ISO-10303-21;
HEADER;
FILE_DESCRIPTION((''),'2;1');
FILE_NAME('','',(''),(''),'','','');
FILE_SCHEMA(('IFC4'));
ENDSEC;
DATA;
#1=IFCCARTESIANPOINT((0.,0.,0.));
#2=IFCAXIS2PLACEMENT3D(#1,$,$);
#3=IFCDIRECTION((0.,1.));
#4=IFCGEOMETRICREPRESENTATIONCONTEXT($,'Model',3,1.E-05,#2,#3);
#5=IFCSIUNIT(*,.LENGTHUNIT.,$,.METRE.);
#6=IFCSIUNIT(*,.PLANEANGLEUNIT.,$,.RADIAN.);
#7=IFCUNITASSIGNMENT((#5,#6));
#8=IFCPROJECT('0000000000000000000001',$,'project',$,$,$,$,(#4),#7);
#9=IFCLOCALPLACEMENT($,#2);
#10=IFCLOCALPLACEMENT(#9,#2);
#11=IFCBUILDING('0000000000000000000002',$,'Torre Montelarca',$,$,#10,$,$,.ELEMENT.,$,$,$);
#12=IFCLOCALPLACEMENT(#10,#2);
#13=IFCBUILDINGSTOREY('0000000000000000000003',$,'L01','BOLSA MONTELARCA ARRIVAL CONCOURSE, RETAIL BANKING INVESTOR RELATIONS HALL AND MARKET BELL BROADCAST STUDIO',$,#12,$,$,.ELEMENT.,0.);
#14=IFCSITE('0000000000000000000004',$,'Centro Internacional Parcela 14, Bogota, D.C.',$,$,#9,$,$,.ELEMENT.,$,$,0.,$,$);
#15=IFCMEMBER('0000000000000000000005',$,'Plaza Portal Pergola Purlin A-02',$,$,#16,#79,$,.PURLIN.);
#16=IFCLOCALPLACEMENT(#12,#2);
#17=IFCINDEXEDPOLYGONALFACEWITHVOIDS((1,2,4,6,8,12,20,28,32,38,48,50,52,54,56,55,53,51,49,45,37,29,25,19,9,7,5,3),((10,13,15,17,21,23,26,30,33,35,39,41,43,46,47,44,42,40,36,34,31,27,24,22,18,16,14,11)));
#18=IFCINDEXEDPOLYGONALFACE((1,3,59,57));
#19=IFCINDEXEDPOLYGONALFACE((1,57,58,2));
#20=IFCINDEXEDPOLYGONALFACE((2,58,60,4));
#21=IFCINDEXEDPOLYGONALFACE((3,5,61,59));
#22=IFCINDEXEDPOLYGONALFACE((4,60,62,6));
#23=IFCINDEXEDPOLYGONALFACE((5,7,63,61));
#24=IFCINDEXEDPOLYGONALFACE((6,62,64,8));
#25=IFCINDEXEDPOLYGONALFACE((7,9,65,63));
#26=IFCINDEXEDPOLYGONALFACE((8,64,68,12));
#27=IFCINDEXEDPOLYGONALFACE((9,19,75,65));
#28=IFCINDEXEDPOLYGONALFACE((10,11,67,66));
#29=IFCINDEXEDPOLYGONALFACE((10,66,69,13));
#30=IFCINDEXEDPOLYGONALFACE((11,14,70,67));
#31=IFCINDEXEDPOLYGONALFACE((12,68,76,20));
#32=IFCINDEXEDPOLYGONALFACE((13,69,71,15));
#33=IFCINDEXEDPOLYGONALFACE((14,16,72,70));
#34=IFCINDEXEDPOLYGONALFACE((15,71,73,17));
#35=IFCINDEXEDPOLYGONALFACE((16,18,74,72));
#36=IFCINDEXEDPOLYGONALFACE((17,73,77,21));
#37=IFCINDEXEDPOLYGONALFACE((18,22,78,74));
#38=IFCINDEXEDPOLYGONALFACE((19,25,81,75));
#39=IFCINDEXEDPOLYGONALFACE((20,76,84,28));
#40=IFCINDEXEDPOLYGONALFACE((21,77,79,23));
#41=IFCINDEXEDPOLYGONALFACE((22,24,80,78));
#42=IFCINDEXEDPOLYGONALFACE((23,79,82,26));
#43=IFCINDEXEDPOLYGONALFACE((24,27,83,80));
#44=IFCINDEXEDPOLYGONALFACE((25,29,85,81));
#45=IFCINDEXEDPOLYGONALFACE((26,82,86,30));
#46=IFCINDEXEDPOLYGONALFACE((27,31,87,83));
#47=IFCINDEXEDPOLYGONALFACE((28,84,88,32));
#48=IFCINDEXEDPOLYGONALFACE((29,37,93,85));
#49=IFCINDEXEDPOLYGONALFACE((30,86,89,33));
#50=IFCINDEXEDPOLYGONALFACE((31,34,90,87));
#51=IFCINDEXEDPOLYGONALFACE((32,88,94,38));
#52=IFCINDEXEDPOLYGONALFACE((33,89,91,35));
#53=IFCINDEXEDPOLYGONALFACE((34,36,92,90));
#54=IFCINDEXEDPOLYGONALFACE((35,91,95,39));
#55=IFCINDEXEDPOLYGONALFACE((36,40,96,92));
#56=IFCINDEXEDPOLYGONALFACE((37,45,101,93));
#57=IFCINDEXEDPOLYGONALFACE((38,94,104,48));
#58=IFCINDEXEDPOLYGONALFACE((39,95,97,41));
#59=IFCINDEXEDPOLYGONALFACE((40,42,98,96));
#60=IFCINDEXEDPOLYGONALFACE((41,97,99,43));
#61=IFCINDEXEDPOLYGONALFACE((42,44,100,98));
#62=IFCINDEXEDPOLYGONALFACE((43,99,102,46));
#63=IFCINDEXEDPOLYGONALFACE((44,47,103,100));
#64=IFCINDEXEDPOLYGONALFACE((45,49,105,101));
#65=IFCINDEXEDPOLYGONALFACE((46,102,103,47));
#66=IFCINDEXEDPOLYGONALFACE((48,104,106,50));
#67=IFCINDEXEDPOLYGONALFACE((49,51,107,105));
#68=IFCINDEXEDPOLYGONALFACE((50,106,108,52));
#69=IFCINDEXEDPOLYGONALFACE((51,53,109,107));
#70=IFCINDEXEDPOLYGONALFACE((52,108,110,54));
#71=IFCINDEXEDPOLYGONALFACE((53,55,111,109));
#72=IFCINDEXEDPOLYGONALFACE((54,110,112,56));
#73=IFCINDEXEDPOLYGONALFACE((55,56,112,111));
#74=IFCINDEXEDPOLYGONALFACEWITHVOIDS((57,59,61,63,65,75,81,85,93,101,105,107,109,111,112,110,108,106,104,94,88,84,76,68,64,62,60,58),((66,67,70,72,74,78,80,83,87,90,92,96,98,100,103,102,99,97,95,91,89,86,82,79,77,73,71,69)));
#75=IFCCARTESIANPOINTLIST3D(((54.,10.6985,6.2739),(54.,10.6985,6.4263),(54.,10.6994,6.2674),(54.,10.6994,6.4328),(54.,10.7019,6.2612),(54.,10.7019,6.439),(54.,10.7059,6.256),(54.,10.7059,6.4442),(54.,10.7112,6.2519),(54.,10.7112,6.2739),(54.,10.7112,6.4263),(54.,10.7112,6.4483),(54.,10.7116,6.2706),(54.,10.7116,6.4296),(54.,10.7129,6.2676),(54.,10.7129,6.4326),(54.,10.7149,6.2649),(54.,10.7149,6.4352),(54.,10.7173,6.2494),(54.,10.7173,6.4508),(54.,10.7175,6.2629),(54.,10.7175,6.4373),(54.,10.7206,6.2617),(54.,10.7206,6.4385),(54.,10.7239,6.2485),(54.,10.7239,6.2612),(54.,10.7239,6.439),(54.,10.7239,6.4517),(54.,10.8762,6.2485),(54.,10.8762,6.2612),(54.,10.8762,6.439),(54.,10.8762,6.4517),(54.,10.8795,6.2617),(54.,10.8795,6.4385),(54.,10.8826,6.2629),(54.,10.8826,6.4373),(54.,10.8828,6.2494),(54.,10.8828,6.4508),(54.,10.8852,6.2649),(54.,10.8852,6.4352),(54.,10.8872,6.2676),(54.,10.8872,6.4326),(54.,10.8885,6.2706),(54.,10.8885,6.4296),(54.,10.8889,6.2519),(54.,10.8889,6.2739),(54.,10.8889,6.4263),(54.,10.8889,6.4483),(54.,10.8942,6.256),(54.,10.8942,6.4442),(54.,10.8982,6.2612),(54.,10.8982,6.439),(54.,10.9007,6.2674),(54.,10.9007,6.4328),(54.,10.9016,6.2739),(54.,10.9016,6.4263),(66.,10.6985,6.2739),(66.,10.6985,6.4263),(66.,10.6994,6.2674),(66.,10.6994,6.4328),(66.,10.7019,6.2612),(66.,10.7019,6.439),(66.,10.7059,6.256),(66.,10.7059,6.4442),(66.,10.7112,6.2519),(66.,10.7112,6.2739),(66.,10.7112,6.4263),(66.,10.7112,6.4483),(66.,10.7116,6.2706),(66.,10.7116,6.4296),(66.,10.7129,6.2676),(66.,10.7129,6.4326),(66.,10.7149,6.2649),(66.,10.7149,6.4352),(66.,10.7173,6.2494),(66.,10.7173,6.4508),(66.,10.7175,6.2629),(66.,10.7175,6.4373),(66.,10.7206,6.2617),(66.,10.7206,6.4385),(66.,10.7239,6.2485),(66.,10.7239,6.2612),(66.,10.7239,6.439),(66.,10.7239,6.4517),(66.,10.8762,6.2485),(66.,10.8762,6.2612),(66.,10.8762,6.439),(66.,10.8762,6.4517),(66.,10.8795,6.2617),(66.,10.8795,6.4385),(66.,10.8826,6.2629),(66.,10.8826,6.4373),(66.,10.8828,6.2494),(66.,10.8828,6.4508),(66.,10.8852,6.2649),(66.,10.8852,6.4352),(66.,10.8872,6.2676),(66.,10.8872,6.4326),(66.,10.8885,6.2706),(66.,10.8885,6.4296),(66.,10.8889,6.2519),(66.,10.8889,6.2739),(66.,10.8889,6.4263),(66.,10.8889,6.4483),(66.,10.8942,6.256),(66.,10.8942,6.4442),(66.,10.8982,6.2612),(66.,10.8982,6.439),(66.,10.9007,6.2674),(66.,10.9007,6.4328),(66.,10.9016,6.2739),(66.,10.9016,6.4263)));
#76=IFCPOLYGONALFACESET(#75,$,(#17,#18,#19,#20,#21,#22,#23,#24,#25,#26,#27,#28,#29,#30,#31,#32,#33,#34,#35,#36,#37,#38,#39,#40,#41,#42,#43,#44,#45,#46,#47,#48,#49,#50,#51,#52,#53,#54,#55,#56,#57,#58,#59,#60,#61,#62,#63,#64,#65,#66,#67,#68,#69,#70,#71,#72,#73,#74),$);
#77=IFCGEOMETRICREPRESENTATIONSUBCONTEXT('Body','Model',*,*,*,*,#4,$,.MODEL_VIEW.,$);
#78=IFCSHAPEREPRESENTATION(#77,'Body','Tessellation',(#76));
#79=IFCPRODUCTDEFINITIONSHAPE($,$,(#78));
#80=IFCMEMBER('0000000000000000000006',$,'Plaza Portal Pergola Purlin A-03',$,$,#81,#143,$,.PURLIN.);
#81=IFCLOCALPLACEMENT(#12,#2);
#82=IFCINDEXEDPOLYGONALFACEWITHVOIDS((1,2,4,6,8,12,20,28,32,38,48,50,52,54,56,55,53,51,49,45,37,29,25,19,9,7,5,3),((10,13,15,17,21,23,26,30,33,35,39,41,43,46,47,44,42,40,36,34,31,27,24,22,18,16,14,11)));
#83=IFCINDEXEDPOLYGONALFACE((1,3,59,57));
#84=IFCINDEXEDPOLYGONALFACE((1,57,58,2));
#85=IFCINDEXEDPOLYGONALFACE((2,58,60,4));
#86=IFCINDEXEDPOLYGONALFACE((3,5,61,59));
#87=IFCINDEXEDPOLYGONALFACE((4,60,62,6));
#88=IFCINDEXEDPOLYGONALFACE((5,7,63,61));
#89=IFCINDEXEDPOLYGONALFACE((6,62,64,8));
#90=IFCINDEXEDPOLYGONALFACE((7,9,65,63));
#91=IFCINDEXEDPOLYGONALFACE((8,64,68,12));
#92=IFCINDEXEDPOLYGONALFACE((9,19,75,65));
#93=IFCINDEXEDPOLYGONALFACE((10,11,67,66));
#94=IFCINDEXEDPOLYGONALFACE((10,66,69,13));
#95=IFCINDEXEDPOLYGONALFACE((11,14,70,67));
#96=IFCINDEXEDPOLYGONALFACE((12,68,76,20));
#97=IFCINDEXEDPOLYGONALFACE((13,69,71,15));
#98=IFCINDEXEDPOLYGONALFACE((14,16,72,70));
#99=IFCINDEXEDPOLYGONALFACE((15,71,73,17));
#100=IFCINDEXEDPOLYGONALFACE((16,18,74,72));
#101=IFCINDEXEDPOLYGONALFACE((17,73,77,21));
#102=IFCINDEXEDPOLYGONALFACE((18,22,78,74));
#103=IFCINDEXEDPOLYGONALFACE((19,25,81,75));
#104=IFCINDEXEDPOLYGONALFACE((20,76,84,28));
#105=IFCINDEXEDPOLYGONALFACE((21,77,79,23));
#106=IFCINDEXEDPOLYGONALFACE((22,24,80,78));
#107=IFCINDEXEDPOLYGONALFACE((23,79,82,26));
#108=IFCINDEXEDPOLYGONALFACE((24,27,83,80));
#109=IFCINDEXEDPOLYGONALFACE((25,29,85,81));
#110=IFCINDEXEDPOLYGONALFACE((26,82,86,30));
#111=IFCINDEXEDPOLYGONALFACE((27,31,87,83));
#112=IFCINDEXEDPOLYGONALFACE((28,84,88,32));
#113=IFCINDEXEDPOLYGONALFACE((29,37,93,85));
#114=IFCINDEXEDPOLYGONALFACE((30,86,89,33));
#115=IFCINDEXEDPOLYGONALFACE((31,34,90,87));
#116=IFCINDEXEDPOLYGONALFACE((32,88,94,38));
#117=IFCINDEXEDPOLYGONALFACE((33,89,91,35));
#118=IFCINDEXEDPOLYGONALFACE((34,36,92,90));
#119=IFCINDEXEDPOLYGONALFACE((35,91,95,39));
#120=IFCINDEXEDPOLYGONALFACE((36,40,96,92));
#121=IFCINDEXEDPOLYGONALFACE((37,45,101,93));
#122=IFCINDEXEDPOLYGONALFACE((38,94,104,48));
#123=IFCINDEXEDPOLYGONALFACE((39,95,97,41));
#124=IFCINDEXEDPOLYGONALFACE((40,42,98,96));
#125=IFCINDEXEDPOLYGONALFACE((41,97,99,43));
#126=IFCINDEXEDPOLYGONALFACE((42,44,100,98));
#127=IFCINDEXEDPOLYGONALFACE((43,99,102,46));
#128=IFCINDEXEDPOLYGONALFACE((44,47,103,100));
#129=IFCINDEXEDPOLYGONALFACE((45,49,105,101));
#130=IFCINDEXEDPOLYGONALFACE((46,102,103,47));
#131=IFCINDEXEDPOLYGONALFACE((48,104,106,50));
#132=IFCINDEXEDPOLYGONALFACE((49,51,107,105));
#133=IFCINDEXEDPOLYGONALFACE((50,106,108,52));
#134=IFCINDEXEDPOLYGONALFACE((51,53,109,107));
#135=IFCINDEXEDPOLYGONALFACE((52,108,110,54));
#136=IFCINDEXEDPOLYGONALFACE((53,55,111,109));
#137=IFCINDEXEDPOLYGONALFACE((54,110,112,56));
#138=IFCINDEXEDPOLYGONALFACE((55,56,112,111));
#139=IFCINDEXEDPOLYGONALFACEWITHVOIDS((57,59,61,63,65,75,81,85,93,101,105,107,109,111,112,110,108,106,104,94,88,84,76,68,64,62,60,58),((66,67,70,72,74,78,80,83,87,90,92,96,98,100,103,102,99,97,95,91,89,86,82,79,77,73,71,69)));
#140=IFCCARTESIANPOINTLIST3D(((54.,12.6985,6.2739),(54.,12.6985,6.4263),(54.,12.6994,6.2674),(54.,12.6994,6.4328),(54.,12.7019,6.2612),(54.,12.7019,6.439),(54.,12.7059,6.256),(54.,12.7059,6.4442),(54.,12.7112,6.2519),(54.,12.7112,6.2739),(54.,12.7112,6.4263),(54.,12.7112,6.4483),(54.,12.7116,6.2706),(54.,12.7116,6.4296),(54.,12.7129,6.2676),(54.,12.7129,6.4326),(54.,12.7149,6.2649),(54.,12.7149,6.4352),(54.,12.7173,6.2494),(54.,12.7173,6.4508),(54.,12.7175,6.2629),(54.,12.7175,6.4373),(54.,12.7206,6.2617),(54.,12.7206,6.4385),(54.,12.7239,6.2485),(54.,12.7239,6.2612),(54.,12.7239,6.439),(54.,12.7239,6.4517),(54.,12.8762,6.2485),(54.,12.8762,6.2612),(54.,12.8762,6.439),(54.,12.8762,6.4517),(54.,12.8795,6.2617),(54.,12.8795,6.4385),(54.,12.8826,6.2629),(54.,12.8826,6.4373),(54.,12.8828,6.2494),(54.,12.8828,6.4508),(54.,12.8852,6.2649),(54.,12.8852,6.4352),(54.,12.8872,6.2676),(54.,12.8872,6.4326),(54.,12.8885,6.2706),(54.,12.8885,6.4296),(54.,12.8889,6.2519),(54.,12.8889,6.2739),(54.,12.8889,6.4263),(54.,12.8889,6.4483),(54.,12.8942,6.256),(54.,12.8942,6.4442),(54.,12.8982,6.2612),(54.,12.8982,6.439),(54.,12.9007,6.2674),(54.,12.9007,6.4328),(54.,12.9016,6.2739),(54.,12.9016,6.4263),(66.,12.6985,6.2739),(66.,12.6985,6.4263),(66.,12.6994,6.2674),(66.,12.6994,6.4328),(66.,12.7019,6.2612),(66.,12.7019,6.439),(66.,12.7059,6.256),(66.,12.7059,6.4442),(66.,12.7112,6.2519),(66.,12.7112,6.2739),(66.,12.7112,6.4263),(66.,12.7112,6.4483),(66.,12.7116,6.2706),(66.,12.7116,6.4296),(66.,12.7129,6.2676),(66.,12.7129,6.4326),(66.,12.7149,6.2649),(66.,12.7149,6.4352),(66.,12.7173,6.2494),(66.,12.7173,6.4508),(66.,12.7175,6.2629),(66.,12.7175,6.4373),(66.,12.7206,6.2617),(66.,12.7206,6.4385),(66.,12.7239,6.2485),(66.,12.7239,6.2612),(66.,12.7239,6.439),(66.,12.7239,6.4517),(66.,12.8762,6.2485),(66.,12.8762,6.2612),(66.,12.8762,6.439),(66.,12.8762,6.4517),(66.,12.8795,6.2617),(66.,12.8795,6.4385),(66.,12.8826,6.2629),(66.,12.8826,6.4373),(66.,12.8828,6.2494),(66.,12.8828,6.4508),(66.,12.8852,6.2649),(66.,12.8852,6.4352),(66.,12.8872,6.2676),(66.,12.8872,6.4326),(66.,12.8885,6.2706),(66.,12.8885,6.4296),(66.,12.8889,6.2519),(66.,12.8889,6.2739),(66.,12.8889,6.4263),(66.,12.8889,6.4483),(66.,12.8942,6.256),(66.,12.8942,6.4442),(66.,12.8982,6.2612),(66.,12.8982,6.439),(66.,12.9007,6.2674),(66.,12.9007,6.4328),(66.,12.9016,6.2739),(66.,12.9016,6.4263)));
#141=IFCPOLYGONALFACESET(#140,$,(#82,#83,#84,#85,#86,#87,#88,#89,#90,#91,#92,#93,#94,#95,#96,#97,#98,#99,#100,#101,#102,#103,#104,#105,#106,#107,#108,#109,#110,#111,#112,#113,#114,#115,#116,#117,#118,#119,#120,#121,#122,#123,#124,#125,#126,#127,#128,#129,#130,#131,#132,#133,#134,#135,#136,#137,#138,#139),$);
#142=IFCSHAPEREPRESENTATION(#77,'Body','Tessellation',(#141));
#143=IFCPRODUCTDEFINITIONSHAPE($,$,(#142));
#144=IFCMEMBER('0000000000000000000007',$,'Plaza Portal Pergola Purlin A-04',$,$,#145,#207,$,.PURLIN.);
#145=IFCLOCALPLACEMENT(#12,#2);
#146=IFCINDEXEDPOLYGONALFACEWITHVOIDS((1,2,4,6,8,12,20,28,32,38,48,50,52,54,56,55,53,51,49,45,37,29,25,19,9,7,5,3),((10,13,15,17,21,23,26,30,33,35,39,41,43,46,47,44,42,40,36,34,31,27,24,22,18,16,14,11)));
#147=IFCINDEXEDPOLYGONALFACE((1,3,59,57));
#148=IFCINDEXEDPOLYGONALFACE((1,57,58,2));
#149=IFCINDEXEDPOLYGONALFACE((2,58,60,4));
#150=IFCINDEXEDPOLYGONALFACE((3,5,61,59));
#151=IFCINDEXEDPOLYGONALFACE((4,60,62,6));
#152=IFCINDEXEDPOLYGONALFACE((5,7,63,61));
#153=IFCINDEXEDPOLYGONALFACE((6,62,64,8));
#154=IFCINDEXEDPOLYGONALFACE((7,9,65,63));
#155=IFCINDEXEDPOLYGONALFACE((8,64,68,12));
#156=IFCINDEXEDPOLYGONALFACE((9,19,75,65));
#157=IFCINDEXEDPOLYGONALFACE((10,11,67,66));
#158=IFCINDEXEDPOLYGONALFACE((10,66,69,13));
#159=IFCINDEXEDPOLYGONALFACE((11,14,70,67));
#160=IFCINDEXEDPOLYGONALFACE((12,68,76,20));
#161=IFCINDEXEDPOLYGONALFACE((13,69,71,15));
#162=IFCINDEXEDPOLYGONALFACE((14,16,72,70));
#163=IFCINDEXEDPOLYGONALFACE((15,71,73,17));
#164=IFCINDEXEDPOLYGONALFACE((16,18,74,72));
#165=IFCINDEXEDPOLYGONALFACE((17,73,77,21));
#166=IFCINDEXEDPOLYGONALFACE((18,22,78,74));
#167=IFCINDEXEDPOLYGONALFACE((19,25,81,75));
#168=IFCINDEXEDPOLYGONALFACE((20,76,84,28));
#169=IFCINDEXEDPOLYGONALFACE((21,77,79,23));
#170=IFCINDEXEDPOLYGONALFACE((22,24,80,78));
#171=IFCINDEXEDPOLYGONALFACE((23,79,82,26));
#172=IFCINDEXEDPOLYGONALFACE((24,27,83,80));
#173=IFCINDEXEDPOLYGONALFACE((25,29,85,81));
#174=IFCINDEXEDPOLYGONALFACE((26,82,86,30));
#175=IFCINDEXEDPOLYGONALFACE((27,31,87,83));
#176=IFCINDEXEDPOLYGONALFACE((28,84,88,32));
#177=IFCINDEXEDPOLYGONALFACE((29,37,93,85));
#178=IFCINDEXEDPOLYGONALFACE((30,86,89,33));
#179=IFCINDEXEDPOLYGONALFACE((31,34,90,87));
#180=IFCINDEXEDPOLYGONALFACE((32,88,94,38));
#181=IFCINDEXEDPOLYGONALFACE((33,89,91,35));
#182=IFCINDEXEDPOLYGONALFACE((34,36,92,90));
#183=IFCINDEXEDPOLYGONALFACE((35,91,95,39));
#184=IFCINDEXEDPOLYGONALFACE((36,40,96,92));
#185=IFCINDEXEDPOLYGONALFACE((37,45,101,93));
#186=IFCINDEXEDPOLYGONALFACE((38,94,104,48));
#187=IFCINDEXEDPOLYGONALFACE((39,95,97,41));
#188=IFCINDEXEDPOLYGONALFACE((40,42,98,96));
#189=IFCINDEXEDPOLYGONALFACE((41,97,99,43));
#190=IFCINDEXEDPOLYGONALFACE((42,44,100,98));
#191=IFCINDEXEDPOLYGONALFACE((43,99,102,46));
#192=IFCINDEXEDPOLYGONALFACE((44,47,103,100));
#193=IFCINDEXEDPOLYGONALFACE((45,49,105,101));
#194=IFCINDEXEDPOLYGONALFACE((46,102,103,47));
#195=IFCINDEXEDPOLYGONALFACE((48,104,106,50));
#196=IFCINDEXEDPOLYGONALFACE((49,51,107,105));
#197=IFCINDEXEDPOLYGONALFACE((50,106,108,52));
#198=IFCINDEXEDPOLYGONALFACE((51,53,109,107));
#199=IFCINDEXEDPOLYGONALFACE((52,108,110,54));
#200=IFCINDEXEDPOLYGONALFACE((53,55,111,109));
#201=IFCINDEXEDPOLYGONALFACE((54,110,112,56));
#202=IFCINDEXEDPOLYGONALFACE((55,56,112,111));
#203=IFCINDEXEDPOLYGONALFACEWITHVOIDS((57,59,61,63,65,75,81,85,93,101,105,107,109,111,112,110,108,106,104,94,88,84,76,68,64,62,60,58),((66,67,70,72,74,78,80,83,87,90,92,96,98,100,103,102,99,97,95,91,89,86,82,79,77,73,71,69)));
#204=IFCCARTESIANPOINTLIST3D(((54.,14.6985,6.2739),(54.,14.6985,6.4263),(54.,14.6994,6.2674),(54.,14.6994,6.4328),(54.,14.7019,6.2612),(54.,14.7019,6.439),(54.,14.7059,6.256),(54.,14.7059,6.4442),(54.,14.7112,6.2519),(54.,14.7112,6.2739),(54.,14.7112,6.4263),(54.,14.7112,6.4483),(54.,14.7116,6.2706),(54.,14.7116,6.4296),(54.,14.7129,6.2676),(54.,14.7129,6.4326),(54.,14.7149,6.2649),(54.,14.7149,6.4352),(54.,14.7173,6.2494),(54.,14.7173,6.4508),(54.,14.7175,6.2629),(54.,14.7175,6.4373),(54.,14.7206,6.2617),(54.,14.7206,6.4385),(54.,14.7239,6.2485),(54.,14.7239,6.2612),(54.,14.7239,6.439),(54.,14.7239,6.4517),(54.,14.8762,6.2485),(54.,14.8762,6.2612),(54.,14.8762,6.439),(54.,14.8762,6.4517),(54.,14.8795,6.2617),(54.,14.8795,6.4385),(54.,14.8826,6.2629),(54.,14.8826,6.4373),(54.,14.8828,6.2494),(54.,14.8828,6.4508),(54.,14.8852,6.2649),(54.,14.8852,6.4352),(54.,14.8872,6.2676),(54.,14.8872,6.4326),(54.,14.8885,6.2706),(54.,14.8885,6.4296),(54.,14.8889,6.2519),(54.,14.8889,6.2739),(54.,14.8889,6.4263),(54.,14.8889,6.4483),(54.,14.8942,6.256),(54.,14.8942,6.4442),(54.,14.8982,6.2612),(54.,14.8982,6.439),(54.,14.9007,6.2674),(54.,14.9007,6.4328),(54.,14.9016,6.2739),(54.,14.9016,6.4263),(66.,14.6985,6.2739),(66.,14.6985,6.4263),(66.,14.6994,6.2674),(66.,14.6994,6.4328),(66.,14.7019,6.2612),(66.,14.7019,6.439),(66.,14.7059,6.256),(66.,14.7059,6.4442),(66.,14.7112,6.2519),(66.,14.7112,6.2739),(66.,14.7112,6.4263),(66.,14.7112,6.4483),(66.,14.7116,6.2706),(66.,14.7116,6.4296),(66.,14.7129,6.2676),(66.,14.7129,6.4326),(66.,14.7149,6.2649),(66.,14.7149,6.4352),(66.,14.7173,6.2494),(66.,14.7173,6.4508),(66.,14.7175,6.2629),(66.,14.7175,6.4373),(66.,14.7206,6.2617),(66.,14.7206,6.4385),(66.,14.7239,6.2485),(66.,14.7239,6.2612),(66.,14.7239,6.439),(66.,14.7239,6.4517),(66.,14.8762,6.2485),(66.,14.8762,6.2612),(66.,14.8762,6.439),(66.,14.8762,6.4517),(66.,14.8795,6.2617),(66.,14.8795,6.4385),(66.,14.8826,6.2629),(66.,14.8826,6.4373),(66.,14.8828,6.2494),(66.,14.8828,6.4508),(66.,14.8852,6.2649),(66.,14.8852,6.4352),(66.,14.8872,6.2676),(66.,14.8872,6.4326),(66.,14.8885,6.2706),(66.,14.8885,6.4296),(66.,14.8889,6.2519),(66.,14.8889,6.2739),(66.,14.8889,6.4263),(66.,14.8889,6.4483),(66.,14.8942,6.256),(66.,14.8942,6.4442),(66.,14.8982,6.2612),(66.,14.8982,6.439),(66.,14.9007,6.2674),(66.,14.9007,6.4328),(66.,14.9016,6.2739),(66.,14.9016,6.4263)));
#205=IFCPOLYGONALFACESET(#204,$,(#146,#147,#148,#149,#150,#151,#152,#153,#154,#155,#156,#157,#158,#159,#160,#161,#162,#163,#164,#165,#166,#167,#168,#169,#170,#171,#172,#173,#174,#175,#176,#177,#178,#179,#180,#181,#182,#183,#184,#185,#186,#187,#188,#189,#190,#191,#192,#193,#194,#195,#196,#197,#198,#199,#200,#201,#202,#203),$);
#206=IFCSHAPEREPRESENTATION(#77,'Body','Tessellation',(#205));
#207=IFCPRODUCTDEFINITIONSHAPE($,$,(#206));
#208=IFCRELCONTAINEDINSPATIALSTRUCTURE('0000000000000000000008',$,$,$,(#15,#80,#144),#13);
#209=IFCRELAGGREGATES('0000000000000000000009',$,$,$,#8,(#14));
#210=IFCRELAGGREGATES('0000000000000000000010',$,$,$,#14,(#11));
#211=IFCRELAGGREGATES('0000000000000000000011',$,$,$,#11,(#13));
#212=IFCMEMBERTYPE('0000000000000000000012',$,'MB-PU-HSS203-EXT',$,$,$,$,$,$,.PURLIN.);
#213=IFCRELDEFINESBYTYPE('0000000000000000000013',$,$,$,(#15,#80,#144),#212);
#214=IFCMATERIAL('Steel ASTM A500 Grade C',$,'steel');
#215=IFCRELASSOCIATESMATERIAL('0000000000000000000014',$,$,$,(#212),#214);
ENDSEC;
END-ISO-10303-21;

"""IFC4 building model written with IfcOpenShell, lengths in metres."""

from ifc_helpers import new_model, si_unit, direction, frame, origin, origin_2d, place, context, subcontext, project, spatial, hollow_rectangle, extrude, source, transform, mapped, material, material_profile, profile_set, type_object, element, save


model = new_model("IFC4")

# Units and contexts
model_context = context("Model", 3, precision=1e-05, world=origin(), true_north=direction((0.0, 1.0)))
body_context = subcontext(model_context, "Body", "Model", "MODEL_VIEW")
ifc_project = project(units=[si_unit("LENGTHUNIT", "METRE"), si_unit("PLANEANGLEUNIT", "RADIAN")], contexts=[model_context])

# Site, building, storey
site_placement = place(None, origin())
site = spatial("IfcSite", under=ifc_project, at=site_placement, Name="Centro Internacional Parcela 14, Bogota, D.C.", CompositionType="ELEMENT", RefElevation=0.0)
building_placement = place(site_placement, origin())
building = spatial("IfcBuilding", under=site, at=building_placement, Name="Torre Montelarca", CompositionType="ELEMENT")
storey_placement = place(building_placement, origin())
storey = spatial("IfcBuildingStorey", under=building, at=storey_placement, Name="L01", Description="BOLSA MONTELARCA ARRIVAL CONCOURSE, RETAIL BANKING INVESTOR RELATIONS HALL AND MARKET BELL BROADCAST STUDIO", CompositionType="ELEMENT", Elevation=0.0)

# Members
ifc_material_1 = material(Name="Steel ASTM A500 Grade C", Category="steel")
ifc_material_profile_1 = material_profile(ifc_material_1, hollow_rectangle(XDim=0.2031, YDim=0.2031, WallThickness=0.0127, InnerFilletRadius=0.0127, OuterFilletRadius=0.0254, at=origin_2d()), Name="HSS203X203X12.7", Category="steel")
ifc_profile_set_1 = profile_set([ifc_material_profile_1], Name="Steel ASTM A500 Grade C")
member_type = type_object("IfcMemberType", Name="MB-PU-HSS203-EXT", PredefinedType="PURLIN", material=ifc_profile_set_1)
shared_shape_1 = source(origin(), body_context, "Body", "SweptSolid", [
    extrude(hollow_rectangle(XDim=0.2031, YDim=0.2031, WallThickness=0.0127, InnerFilletRadius=0.0127, OuterFilletRadius=0.0254, at=origin_2d()), origin(), (0.0, 0.0, 1.0), 12.0),
])
for number, where, z_axis, x_axis, name in (
    (1, (54.0, 10.8, 6.3501), (1.0, 0.0, 0.0), (0.0, 1.0, 0.0), "Plaza Portal Pergola Purlin A-02"),
    (2, (54.0, 12.8, 6.3501), (1.0, 0.0, 0.0), (0.0, 1.0, 0.0), "Plaza Portal Pergola Purlin A-03"),
    (3, (54.0, 14.8, 6.3501), (1.0, 0.0, 0.0), (0.0, 1.0, 0.0), "Plaza Portal Pergola Purlin A-04"),
):
    element("IfcMember", number, at=place(storey_placement, frame(where, z_axis=z_axis, x_axis=x_axis)), inside=storey, type_object=member_type, Name=name, PredefinedType="PURLIN", context=body_context, shape_type="MappedRepresentation", body=[
        mapped(shared_shape_1, transform((0.0, 0.0, 0.0), scale=1.0)),
    ])

save(model, "model.ifc")
